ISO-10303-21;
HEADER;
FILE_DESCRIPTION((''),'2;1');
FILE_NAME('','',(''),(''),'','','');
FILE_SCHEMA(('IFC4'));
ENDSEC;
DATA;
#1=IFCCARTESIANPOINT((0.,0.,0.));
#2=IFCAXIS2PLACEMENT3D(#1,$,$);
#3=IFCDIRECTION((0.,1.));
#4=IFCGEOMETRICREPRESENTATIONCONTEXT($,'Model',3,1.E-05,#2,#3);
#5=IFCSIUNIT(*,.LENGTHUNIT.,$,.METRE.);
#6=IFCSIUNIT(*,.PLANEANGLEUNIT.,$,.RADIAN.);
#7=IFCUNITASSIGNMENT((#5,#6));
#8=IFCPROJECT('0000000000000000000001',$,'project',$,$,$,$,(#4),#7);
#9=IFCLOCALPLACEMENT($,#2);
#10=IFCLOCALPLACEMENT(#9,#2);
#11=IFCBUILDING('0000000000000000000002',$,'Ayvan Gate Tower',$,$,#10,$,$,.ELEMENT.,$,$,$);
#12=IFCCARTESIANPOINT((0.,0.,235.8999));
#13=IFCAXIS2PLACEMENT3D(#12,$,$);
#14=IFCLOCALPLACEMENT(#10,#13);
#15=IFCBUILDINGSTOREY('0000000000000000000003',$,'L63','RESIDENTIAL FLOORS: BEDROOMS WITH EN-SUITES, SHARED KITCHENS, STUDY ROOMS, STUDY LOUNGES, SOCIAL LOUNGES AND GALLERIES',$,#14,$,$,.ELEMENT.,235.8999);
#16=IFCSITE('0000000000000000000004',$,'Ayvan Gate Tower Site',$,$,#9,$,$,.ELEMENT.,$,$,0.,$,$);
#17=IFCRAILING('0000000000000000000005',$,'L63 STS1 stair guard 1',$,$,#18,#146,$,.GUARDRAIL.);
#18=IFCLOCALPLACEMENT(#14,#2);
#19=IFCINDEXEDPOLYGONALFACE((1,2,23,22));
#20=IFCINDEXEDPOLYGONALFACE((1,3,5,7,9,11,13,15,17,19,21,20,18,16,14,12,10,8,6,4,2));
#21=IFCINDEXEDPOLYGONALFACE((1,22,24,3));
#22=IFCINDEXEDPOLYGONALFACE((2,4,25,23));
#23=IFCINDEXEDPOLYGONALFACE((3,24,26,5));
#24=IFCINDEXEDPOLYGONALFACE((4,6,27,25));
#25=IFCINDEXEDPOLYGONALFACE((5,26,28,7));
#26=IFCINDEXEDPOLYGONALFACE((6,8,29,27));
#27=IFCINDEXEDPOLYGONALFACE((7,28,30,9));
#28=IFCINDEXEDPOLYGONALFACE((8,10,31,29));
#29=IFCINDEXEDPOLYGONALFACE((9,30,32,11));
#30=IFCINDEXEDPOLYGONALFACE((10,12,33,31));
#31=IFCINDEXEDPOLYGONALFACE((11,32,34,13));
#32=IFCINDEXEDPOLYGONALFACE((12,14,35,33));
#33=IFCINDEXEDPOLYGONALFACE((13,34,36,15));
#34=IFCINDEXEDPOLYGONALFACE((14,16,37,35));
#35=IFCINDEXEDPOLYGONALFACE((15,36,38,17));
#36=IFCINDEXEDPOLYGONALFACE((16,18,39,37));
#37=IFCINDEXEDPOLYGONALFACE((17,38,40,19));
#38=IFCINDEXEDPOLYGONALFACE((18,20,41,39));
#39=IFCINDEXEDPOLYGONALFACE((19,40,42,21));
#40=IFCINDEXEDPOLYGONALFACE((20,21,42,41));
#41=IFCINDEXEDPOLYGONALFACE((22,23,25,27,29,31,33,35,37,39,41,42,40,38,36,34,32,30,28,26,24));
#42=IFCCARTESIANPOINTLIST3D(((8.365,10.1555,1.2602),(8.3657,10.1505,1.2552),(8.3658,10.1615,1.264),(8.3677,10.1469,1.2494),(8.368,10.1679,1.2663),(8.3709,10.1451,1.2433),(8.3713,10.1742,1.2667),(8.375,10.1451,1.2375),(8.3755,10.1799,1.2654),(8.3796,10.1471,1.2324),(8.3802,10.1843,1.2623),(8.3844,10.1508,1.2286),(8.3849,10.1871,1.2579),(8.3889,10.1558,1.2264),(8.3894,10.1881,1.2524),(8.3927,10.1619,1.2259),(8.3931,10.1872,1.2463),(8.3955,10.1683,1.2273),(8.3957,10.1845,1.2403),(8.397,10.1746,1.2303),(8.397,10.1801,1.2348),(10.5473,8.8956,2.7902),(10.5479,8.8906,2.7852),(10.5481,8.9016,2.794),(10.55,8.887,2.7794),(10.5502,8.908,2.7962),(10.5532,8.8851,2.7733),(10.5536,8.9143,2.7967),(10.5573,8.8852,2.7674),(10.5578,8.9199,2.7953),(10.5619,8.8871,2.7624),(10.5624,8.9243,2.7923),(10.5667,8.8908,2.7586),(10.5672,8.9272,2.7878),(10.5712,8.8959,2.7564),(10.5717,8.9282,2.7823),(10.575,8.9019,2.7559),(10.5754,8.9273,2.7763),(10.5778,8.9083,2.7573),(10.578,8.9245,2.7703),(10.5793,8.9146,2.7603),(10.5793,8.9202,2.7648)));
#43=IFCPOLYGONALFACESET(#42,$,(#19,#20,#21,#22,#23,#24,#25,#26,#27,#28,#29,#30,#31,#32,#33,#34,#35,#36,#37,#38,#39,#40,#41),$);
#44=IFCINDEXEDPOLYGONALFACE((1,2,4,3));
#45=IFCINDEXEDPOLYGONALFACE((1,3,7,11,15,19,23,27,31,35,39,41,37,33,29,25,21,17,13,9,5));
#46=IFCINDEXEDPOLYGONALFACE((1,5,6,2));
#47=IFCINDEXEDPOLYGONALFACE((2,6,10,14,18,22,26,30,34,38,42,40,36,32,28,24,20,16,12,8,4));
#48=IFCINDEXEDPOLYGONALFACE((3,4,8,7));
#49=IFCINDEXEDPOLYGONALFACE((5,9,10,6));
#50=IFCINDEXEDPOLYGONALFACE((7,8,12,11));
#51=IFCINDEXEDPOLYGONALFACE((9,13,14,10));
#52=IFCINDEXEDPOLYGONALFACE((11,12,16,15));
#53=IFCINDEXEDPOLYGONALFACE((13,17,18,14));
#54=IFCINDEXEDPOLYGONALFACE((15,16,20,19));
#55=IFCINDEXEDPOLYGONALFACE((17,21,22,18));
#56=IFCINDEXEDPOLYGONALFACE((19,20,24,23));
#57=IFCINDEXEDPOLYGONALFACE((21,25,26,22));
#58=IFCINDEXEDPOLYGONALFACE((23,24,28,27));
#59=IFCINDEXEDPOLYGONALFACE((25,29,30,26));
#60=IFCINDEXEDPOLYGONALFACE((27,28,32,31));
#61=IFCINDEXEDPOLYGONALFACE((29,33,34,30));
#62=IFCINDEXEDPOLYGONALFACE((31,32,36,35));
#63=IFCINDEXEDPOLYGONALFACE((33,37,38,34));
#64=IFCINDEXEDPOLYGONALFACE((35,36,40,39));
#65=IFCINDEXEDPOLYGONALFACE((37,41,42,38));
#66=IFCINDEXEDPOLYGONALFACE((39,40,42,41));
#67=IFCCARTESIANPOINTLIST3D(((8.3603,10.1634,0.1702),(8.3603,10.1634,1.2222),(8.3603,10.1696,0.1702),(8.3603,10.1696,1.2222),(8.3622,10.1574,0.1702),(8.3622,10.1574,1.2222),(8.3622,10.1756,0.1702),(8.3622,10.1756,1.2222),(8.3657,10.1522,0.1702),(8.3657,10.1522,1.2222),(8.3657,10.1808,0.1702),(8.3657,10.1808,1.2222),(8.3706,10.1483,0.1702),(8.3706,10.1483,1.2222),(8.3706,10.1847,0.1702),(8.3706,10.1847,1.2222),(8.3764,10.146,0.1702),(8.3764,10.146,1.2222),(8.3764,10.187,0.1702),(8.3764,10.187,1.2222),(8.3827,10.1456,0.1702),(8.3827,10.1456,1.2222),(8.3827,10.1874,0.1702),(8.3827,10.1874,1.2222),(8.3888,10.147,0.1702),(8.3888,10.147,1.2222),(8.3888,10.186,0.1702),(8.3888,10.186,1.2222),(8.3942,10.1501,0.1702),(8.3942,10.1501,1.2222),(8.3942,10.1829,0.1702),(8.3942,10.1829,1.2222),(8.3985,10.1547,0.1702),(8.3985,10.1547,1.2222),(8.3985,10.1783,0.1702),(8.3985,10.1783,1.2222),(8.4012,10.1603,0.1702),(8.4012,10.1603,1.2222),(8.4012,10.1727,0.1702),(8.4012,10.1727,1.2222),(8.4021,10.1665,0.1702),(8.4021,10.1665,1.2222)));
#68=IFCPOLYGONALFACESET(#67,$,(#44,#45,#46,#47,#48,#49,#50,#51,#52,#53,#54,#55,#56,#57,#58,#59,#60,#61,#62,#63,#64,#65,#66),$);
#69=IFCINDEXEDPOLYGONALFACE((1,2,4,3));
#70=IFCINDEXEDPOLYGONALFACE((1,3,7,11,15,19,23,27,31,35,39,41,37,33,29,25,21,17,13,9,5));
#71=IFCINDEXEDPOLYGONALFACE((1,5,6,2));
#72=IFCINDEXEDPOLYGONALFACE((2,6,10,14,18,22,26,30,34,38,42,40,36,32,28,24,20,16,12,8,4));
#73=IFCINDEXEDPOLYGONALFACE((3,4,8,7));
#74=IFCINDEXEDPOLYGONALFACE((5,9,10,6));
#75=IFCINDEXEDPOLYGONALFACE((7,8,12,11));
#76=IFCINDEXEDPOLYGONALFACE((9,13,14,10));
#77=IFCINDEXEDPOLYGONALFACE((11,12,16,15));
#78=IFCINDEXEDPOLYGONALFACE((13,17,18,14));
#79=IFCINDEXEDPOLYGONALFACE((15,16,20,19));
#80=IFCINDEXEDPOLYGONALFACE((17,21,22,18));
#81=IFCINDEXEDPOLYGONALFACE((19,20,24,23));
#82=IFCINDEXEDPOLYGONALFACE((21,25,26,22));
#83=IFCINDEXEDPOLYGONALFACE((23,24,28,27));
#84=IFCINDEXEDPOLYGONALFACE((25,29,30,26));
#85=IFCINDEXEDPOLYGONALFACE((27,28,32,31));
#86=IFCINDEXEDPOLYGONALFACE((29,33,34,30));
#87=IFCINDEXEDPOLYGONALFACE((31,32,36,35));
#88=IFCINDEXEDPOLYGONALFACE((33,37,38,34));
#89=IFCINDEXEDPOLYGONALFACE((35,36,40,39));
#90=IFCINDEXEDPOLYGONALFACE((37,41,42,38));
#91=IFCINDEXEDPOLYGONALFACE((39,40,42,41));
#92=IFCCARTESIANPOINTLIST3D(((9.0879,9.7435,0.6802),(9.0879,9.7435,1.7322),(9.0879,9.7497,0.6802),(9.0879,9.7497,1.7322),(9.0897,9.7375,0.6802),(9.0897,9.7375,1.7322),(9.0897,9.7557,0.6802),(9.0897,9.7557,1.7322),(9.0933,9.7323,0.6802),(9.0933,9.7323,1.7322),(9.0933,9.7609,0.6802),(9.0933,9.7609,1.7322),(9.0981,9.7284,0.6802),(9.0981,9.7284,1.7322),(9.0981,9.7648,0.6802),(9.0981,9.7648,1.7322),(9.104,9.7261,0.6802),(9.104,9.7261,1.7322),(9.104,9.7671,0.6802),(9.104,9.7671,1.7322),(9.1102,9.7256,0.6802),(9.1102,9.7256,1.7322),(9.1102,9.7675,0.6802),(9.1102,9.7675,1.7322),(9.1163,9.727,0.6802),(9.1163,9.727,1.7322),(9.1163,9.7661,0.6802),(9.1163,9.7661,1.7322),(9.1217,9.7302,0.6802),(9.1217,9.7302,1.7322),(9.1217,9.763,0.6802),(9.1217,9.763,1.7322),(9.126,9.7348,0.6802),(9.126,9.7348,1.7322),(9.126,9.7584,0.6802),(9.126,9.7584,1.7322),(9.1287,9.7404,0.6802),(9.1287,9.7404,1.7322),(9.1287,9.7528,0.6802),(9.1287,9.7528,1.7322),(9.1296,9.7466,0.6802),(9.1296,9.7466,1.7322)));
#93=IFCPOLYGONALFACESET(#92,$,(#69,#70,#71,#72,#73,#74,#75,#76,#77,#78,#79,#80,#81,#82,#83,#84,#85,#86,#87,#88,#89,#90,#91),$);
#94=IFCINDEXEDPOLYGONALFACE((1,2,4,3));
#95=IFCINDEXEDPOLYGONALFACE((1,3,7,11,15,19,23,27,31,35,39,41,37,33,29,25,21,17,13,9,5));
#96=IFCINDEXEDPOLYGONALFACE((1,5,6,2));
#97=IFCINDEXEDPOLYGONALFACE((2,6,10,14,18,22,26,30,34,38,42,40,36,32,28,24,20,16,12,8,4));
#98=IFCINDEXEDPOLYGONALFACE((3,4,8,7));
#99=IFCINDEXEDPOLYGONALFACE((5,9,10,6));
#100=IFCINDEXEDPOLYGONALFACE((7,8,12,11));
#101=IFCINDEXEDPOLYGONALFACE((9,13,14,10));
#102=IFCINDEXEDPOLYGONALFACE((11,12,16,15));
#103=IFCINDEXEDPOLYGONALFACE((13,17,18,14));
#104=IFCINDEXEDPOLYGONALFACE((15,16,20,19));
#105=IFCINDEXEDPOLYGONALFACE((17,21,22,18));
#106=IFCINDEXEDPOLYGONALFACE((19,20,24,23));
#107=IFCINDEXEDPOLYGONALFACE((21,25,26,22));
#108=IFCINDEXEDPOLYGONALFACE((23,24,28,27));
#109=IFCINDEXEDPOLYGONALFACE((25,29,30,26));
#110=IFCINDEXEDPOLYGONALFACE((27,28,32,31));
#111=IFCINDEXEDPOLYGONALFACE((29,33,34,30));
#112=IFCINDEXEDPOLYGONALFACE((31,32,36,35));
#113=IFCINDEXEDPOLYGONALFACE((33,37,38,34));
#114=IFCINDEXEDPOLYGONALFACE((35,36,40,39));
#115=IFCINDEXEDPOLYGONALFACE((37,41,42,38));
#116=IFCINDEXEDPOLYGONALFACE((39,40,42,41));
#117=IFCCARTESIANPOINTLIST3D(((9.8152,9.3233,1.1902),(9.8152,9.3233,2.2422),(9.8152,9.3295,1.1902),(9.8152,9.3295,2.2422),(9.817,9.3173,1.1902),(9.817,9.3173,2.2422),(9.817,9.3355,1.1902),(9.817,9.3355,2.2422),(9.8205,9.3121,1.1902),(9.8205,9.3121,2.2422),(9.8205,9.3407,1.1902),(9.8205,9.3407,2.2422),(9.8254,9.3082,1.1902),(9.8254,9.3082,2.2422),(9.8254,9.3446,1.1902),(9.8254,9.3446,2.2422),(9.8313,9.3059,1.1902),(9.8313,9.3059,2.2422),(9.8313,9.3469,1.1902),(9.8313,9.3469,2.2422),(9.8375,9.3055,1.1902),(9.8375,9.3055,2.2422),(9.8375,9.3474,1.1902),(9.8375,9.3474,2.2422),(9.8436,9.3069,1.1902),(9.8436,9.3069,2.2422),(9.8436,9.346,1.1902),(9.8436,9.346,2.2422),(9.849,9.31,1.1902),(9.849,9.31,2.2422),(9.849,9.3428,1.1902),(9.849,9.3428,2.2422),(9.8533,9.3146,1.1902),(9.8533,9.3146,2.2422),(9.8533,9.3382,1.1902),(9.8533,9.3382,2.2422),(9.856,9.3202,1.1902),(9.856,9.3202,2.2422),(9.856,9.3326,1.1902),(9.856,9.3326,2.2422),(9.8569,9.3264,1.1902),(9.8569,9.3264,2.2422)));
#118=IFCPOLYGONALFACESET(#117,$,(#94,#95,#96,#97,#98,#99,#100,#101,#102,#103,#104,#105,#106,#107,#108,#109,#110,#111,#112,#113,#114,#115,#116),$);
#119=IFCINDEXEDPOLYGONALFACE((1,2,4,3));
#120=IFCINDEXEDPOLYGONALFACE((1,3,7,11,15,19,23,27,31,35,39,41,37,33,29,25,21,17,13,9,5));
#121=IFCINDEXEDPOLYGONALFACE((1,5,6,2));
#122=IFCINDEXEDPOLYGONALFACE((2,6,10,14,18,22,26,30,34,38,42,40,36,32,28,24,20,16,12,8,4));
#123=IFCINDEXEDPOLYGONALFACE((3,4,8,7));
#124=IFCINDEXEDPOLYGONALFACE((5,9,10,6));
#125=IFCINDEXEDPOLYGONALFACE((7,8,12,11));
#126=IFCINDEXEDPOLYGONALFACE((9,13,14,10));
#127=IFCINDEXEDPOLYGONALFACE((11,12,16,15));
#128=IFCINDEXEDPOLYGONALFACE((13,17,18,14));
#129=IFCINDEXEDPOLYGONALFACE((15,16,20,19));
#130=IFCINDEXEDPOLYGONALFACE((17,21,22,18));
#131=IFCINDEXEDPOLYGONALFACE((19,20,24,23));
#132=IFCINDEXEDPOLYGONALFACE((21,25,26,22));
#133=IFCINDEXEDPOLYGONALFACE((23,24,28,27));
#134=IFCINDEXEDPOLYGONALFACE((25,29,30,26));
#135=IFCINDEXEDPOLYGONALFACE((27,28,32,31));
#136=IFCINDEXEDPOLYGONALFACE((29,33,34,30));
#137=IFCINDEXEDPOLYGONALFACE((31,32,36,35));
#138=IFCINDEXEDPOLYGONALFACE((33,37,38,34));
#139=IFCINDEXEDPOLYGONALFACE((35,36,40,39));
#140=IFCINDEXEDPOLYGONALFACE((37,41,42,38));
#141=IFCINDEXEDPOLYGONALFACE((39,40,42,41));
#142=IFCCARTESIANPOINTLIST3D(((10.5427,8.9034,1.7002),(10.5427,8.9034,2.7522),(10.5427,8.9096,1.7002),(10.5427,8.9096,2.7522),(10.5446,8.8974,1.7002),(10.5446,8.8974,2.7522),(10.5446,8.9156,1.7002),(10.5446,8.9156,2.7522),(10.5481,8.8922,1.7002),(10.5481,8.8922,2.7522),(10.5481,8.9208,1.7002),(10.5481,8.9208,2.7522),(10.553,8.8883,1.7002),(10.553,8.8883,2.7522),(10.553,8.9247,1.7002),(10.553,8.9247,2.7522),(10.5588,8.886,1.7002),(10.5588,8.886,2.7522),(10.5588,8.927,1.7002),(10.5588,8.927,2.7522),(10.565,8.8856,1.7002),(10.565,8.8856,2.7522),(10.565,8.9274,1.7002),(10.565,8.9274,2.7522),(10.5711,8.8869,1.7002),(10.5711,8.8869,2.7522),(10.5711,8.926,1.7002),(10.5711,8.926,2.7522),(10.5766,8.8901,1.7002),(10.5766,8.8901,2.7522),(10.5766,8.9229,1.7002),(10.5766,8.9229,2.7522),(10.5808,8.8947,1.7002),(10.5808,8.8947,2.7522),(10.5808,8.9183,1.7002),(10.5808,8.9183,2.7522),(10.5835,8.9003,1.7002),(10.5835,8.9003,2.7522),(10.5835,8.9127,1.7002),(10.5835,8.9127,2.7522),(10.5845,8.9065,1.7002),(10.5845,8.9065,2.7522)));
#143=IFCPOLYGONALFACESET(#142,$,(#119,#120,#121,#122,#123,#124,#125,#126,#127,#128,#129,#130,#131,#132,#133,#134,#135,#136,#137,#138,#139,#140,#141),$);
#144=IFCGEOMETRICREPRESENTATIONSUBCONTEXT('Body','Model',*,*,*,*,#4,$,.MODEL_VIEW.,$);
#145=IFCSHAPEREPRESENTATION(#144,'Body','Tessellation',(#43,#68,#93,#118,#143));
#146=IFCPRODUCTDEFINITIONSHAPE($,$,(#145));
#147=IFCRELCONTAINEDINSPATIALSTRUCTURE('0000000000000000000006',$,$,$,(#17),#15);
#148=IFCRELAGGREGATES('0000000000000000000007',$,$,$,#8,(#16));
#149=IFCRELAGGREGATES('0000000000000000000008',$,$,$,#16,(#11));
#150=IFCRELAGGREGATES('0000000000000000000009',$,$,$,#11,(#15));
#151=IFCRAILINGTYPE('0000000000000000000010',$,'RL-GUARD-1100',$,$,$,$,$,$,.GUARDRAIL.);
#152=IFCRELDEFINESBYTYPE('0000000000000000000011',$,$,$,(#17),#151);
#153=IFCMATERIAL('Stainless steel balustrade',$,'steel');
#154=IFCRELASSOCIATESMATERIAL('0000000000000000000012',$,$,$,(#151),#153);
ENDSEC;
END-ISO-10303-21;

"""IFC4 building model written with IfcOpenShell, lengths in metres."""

from ifc_helpers import new_model, si_unit, direction, frame, origin, origin_2d, place, context, subcontext, project, spatial, circle, extrude, material, type_object, element, save


model = new_model("IFC4")

# Units and contexts
model_context = context("Model", 3, precision=1e-05, world=origin(), true_north=direction((0.0, 1.0)))
body_context = subcontext(model_context, "Body", "Model", "MODEL_VIEW")
ifc_project = project(units=[si_unit("LENGTHUNIT", "METRE"), si_unit("PLANEANGLEUNIT", "RADIAN")], contexts=[model_context])

# Site, building, storey
site_placement = place(None, origin())
site = spatial("IfcSite", under=ifc_project, at=site_placement, Name="Ayvan Gate Tower Site", CompositionType="ELEMENT", RefElevation=0.0)
building_placement = place(site_placement, origin())
building = spatial("IfcBuilding", under=site, at=building_placement, Name="Ayvan Gate Tower", CompositionType="ELEMENT")
storey_placement = place(building_placement, frame((0.0, 0.0, 235.8999)))
storey = spatial("IfcBuildingStorey", under=building, at=storey_placement, Name="L63", Description="RESIDENTIAL FLOORS: BEDROOMS WITH EN-SUITES, SHARED KITCHENS, STUDY ROOMS, STUDY LOUNGES, SOCIAL LOUNGES AND GALLERIES", CompositionType="ELEMENT", Elevation=235.8999)

# Railing
ifc_material_1 = material(Name="Stainless steel balustrade", Category="steel")
railing_type_1 = type_object("IfcRailingType", Name="RL-GUARD-1100", PredefinedType="GUARDRAIL", material=ifc_material_1)
railing_1_placement = place(storey_placement, frame((8.3811, 10.1665, 0.1702)))
element("IfcRailing", 1, at=railing_1_placement, inside=storey, type_object=railing_type_1, Name="L63 STS1 stair guard 1", PredefinedType="GUARDRAIL", context=body_context, shape_type="SweptSolid", body=[
    extrude(circle(Radius=0.0239, at=origin_2d()), frame((0.0, 0.0, 1.0762), z_axis=(0.740261, -0.427395, 0.518986), x_axis=(0.500005, 0.866023, 0.0)), (0.0, 0.0, 1.0), 2.948),
    extrude(circle(Radius=0.021, at=origin_2d()), origin(), (0.0, 0.0, 1.0), 1.052),
    extrude(circle(Radius=0.021, at=origin_2d()), frame((0.7275, -0.4199, 0.51)), (0.0, 0.0, 1.0), 1.052),
    extrude(circle(Radius=0.021, at=origin_2d()), frame((1.4548, -0.8401, 1.02)), (0.0, 0.0, 1.0), 1.052),
    extrude(circle(Radius=0.021, at=origin_2d()), frame((2.1824, -1.26, 1.53)), (0.0, 0.0, 1.0), 1.052),
])

save(model, "model.ifc")
